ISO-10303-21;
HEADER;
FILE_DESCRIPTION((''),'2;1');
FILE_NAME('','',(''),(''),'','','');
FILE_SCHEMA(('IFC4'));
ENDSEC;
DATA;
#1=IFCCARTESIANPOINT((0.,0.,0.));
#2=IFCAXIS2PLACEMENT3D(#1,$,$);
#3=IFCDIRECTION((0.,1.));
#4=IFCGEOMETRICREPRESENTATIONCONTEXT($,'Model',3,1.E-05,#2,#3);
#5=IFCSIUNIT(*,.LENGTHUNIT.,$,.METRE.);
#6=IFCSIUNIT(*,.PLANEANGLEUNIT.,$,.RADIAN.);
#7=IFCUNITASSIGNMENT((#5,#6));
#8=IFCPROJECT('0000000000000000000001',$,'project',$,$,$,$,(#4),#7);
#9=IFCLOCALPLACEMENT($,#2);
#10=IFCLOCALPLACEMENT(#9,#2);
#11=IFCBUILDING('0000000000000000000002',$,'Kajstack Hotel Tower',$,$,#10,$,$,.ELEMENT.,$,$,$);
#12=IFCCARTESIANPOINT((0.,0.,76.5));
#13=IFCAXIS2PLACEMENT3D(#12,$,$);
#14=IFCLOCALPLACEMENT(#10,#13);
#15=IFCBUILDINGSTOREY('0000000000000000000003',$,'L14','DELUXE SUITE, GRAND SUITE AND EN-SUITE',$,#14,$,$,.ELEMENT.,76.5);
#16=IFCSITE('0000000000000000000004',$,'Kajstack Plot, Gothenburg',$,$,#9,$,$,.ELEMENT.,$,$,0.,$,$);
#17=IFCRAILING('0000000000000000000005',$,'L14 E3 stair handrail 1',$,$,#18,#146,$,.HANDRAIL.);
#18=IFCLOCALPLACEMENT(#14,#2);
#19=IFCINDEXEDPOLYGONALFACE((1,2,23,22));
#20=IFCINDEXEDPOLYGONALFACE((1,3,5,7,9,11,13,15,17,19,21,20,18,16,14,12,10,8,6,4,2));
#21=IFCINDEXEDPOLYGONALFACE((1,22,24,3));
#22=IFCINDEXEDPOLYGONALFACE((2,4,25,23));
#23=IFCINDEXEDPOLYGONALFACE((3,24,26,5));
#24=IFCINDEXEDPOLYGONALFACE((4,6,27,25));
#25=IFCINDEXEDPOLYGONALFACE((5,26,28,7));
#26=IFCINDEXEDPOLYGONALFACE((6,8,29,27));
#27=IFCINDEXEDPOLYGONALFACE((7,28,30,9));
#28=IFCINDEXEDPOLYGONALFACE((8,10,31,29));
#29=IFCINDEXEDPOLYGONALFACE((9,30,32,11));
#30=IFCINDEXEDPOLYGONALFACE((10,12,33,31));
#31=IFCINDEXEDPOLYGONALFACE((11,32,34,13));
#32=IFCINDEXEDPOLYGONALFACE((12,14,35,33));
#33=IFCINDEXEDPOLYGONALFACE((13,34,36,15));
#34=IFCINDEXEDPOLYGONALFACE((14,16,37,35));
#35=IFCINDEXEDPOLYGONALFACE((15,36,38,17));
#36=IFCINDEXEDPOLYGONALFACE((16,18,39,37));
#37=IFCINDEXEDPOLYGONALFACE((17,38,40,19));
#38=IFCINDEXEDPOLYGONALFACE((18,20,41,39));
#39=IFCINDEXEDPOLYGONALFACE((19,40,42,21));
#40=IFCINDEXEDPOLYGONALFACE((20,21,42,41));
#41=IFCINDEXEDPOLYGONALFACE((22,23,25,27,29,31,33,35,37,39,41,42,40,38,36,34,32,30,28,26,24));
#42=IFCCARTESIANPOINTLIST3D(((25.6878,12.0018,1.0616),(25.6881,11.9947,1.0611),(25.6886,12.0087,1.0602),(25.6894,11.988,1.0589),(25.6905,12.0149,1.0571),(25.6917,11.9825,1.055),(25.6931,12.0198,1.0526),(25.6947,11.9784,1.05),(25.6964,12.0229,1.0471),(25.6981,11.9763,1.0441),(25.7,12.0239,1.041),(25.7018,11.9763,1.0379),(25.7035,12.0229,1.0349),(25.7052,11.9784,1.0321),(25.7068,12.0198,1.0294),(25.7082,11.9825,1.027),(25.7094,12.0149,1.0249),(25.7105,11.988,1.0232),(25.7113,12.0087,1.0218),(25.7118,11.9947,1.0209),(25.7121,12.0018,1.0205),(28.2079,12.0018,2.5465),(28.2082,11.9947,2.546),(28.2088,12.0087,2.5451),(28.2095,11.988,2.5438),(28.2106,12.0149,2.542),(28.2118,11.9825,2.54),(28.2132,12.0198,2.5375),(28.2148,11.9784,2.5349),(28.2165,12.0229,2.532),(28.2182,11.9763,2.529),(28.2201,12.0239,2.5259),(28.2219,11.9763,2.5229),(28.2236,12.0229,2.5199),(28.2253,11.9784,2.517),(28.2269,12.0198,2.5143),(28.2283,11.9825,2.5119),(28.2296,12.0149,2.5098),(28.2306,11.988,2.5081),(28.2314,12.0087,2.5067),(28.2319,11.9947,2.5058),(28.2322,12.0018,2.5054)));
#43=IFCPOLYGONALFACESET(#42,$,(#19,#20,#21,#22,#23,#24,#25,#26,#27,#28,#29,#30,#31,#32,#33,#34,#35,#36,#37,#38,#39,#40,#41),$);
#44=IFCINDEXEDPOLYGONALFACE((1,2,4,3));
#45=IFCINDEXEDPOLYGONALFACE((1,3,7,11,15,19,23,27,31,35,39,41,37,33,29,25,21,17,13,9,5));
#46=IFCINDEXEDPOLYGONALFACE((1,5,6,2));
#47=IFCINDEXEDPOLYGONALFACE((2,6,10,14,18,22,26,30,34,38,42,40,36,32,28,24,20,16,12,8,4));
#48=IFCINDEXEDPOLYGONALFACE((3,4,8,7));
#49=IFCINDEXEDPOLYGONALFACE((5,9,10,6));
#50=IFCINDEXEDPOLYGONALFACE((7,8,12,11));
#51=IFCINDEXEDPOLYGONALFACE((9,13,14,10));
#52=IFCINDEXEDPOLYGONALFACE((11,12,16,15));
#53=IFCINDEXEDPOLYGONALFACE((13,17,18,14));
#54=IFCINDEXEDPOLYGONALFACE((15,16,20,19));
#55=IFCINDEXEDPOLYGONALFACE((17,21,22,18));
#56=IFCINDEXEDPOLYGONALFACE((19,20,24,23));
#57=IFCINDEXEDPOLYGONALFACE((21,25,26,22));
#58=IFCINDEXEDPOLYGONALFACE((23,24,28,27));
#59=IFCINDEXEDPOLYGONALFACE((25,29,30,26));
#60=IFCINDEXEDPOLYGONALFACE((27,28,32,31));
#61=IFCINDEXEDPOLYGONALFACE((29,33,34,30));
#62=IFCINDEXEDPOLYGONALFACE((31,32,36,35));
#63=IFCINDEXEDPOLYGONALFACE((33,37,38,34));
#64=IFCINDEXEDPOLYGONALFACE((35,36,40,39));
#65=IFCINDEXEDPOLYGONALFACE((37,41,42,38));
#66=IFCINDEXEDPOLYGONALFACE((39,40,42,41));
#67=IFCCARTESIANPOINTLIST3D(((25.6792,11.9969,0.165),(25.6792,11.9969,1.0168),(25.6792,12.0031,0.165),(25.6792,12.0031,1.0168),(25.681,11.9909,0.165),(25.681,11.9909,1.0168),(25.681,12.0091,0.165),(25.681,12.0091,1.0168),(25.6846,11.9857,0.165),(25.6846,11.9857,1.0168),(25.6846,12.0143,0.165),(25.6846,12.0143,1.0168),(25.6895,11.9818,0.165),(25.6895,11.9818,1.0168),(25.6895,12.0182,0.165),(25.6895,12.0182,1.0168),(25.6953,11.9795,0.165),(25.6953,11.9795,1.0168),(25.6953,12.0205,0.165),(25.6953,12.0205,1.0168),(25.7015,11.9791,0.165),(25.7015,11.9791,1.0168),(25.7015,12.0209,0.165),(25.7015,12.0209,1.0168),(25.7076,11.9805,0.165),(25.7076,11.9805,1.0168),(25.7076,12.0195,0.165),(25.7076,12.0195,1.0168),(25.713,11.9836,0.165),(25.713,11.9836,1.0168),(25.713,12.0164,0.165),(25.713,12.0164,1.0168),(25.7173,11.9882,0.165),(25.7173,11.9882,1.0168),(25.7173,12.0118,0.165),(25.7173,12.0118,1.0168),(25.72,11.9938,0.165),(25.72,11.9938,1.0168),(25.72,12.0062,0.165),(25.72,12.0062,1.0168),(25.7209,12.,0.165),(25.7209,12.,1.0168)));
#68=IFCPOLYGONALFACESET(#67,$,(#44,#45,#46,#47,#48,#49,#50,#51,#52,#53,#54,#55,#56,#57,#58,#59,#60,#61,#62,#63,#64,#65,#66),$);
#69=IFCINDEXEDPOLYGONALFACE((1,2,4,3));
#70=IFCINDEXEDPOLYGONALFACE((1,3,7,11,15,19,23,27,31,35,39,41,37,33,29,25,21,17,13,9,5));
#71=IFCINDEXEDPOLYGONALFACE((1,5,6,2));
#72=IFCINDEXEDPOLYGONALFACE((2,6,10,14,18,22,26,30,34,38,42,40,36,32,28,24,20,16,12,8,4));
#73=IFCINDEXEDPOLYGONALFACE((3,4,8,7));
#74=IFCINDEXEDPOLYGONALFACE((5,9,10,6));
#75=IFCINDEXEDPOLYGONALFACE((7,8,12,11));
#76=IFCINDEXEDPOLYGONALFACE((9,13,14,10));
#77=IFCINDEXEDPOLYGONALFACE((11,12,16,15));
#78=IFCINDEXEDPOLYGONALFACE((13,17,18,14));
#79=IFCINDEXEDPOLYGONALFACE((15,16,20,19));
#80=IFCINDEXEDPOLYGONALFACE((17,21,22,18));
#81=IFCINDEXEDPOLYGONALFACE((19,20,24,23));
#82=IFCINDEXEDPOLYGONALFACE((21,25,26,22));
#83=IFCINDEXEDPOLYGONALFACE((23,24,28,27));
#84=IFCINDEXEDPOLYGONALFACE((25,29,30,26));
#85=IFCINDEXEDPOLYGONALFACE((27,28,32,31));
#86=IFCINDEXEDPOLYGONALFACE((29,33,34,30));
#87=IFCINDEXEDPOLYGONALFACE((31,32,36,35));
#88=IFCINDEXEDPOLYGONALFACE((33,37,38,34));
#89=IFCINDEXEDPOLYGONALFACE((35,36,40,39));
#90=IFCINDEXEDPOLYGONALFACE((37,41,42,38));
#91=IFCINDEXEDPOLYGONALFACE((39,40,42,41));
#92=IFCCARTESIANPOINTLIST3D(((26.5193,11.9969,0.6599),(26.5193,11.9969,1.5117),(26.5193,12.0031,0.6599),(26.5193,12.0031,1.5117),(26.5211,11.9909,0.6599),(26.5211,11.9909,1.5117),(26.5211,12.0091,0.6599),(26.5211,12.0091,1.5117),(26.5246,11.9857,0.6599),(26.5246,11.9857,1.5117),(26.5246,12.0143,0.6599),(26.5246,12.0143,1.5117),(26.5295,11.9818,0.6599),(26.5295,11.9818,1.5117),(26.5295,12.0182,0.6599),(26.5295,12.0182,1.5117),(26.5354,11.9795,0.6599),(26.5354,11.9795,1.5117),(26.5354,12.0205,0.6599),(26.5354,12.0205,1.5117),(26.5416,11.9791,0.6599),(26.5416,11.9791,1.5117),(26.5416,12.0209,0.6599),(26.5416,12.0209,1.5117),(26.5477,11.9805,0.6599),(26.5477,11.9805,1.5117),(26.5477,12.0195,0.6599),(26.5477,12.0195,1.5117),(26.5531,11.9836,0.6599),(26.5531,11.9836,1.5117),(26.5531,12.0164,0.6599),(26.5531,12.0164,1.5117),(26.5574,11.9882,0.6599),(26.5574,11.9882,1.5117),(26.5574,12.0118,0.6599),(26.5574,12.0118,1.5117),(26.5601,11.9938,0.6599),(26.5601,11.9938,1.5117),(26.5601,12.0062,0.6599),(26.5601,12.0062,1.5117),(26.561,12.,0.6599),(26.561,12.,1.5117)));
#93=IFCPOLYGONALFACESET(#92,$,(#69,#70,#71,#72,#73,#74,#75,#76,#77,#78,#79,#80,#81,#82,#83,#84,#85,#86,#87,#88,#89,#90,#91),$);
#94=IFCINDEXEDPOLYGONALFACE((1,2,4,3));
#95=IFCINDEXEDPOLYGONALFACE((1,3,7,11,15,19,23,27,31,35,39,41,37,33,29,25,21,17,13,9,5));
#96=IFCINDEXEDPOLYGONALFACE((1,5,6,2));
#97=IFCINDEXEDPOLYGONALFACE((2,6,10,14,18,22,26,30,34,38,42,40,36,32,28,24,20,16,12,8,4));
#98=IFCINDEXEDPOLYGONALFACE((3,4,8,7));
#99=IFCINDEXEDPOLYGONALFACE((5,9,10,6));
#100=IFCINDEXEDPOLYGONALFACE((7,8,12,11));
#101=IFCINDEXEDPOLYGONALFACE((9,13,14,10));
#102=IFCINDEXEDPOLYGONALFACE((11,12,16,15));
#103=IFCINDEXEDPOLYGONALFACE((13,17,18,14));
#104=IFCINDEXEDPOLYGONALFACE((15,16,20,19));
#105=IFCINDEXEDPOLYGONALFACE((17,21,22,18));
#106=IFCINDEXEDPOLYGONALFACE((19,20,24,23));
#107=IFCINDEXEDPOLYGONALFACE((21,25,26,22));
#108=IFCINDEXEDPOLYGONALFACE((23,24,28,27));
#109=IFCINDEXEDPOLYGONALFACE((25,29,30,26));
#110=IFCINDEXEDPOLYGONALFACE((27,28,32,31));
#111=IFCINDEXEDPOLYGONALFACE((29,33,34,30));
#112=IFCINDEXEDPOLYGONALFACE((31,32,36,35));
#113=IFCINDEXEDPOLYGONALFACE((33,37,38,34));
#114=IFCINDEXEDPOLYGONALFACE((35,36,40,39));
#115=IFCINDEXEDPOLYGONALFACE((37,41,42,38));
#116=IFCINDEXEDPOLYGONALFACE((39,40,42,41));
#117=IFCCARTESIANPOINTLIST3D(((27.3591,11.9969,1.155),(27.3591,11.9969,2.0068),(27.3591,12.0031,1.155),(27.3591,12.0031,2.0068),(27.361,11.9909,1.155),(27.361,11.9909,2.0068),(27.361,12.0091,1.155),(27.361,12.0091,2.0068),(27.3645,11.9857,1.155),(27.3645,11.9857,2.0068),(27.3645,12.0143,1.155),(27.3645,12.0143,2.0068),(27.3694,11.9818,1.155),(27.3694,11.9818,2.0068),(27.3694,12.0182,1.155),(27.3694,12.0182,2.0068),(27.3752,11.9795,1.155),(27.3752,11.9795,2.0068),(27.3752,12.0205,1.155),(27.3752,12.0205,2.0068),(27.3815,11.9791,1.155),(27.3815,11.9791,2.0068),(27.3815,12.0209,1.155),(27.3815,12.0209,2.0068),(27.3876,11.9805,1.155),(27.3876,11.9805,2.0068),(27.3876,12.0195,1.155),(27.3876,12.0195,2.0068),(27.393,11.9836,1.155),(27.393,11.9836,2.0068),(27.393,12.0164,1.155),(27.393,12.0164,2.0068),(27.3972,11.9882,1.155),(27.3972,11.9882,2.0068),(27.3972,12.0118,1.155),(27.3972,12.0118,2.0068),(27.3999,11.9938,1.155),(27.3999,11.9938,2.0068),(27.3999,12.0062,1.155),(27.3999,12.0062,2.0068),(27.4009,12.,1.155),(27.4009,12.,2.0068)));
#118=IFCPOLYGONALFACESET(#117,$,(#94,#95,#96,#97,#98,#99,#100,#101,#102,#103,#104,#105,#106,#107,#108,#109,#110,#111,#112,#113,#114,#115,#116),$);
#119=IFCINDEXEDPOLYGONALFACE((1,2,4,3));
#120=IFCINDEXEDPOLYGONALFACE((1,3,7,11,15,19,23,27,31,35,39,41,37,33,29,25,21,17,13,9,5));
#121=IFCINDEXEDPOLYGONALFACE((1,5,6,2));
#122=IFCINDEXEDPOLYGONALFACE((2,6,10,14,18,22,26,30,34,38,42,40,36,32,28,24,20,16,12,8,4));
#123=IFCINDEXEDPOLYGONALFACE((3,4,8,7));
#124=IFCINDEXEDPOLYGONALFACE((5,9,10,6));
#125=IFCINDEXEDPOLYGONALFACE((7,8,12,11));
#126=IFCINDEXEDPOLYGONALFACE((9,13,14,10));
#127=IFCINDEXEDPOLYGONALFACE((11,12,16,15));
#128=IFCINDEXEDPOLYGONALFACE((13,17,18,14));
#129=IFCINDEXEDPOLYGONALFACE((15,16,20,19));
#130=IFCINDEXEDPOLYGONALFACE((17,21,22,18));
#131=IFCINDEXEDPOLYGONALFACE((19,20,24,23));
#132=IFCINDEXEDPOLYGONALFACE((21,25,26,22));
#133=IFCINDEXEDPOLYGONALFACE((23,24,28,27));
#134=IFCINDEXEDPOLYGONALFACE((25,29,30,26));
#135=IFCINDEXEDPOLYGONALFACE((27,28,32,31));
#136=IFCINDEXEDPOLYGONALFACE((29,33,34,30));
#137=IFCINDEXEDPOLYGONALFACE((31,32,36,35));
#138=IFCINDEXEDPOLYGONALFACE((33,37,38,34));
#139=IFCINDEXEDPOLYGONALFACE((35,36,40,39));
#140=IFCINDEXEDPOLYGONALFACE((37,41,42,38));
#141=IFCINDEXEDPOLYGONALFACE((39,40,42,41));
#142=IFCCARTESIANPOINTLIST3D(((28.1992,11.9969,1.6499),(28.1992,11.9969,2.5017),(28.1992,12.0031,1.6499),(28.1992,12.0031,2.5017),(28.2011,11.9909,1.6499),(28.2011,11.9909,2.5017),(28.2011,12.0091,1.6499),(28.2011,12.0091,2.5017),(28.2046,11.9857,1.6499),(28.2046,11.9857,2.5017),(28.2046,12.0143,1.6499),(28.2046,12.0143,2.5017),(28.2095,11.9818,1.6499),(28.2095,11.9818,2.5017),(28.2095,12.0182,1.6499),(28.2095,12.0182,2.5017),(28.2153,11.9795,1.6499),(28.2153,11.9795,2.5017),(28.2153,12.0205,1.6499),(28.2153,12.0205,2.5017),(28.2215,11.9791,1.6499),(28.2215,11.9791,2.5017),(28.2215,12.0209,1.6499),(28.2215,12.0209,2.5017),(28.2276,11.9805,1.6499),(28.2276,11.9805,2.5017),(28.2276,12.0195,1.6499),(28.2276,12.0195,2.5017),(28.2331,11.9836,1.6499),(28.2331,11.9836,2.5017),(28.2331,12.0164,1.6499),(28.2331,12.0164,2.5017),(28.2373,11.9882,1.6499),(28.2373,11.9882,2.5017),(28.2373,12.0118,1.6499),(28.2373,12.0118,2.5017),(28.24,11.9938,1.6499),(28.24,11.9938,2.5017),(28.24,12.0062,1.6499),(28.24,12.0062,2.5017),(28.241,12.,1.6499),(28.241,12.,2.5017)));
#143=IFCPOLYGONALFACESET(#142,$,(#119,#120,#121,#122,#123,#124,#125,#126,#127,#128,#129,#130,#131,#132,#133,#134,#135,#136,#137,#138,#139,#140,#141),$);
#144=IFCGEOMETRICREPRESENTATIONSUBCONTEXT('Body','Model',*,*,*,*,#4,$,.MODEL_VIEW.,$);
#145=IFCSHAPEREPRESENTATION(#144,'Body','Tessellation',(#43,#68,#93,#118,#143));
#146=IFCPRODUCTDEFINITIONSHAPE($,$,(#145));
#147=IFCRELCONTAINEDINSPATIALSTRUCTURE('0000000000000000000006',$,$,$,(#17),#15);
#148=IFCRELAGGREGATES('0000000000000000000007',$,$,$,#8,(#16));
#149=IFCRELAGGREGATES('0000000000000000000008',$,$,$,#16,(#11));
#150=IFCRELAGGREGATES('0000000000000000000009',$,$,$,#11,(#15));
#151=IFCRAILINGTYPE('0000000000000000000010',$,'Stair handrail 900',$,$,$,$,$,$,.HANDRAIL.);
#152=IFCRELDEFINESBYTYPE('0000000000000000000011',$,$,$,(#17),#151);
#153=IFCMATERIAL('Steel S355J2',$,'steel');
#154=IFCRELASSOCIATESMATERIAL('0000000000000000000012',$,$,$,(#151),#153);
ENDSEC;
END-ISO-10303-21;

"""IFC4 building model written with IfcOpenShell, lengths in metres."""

from ifc_helpers import new_model, si_unit, direction, frame, origin, origin_2d, place, context, subcontext, project, spatial, circle, extrude, material, type_object, element, save


model = new_model("IFC4")

# Units and contexts
model_context = context("Model", 3, precision=1e-05, world=origin(), true_north=direction((0.0, 1.0)))
body_context = subcontext(model_context, "Body", "Model", "MODEL_VIEW")
ifc_project = project(units=[si_unit("LENGTHUNIT", "METRE"), si_unit("PLANEANGLEUNIT", "RADIAN")], contexts=[model_context])

# Site, building, storey
site_placement = place(None, origin())
site = spatial("IfcSite", under=ifc_project, at=site_placement, Name="Kajstack Plot, Gothenburg", CompositionType="ELEMENT", RefElevation=0.0)
building_placement = place(site_placement, origin())
building = spatial("IfcBuilding", under=site, at=building_placement, Name="Kajstack Hotel Tower", CompositionType="ELEMENT")
storey_placement = place(building_placement, frame((0.0, 0.0, 76.5)))
storey = spatial("IfcBuildingStorey", under=building, at=storey_placement, Name="L14", Description="DELUXE SUITE, GRAND SUITE AND EN-SUITE", CompositionType="ELEMENT", Elevation=76.5)

# Railing
ifc_material_1 = material(Name="Steel S355J2", Category="steel")
railing_type_1 = type_object("IfcRailingType", Name="Stair handrail 900", PredefinedType="HANDRAIL", material=ifc_material_1)
railing_1_placement = place(storey_placement, frame((25.7, 12.0, 0.165)))
element("IfcRailing", 1, at=railing_1_placement, inside=storey, type_object=railing_type_1, Name="L14 E3 stair handrail 1", PredefinedType="HANDRAIL", context=body_context, shape_type="SweptSolid", body=[
    extrude(circle(Radius=0.0239, at=origin_2d()), frame((0.0, 0.0, 0.876), z_axis=(0.861561, 0.0, 0.507655), x_axis=(0.0, 1.0, 0.0)), (0.0, 0.0, 1.0), 2.925),
    extrude(circle(Radius=0.021, at=origin_2d()), origin(), (0.0, 0.0, 1.0), 0.8518),
    extrude(circle(Radius=0.021, at=origin_2d()), frame((0.8401, 0.0, 0.4949)), (0.0, 0.0, 1.0), 0.8518),
    extrude(circle(Radius=0.021, at=origin_2d()), frame((1.6799, 0.0, 0.99)), (0.0, 0.0, 1.0), 0.8518),
    extrude(circle(Radius=0.021, at=origin_2d()), frame((2.52, 0.0, 1.4849)), (0.0, 0.0, 1.0), 0.8518),
])

save(model, "model.ifc")
